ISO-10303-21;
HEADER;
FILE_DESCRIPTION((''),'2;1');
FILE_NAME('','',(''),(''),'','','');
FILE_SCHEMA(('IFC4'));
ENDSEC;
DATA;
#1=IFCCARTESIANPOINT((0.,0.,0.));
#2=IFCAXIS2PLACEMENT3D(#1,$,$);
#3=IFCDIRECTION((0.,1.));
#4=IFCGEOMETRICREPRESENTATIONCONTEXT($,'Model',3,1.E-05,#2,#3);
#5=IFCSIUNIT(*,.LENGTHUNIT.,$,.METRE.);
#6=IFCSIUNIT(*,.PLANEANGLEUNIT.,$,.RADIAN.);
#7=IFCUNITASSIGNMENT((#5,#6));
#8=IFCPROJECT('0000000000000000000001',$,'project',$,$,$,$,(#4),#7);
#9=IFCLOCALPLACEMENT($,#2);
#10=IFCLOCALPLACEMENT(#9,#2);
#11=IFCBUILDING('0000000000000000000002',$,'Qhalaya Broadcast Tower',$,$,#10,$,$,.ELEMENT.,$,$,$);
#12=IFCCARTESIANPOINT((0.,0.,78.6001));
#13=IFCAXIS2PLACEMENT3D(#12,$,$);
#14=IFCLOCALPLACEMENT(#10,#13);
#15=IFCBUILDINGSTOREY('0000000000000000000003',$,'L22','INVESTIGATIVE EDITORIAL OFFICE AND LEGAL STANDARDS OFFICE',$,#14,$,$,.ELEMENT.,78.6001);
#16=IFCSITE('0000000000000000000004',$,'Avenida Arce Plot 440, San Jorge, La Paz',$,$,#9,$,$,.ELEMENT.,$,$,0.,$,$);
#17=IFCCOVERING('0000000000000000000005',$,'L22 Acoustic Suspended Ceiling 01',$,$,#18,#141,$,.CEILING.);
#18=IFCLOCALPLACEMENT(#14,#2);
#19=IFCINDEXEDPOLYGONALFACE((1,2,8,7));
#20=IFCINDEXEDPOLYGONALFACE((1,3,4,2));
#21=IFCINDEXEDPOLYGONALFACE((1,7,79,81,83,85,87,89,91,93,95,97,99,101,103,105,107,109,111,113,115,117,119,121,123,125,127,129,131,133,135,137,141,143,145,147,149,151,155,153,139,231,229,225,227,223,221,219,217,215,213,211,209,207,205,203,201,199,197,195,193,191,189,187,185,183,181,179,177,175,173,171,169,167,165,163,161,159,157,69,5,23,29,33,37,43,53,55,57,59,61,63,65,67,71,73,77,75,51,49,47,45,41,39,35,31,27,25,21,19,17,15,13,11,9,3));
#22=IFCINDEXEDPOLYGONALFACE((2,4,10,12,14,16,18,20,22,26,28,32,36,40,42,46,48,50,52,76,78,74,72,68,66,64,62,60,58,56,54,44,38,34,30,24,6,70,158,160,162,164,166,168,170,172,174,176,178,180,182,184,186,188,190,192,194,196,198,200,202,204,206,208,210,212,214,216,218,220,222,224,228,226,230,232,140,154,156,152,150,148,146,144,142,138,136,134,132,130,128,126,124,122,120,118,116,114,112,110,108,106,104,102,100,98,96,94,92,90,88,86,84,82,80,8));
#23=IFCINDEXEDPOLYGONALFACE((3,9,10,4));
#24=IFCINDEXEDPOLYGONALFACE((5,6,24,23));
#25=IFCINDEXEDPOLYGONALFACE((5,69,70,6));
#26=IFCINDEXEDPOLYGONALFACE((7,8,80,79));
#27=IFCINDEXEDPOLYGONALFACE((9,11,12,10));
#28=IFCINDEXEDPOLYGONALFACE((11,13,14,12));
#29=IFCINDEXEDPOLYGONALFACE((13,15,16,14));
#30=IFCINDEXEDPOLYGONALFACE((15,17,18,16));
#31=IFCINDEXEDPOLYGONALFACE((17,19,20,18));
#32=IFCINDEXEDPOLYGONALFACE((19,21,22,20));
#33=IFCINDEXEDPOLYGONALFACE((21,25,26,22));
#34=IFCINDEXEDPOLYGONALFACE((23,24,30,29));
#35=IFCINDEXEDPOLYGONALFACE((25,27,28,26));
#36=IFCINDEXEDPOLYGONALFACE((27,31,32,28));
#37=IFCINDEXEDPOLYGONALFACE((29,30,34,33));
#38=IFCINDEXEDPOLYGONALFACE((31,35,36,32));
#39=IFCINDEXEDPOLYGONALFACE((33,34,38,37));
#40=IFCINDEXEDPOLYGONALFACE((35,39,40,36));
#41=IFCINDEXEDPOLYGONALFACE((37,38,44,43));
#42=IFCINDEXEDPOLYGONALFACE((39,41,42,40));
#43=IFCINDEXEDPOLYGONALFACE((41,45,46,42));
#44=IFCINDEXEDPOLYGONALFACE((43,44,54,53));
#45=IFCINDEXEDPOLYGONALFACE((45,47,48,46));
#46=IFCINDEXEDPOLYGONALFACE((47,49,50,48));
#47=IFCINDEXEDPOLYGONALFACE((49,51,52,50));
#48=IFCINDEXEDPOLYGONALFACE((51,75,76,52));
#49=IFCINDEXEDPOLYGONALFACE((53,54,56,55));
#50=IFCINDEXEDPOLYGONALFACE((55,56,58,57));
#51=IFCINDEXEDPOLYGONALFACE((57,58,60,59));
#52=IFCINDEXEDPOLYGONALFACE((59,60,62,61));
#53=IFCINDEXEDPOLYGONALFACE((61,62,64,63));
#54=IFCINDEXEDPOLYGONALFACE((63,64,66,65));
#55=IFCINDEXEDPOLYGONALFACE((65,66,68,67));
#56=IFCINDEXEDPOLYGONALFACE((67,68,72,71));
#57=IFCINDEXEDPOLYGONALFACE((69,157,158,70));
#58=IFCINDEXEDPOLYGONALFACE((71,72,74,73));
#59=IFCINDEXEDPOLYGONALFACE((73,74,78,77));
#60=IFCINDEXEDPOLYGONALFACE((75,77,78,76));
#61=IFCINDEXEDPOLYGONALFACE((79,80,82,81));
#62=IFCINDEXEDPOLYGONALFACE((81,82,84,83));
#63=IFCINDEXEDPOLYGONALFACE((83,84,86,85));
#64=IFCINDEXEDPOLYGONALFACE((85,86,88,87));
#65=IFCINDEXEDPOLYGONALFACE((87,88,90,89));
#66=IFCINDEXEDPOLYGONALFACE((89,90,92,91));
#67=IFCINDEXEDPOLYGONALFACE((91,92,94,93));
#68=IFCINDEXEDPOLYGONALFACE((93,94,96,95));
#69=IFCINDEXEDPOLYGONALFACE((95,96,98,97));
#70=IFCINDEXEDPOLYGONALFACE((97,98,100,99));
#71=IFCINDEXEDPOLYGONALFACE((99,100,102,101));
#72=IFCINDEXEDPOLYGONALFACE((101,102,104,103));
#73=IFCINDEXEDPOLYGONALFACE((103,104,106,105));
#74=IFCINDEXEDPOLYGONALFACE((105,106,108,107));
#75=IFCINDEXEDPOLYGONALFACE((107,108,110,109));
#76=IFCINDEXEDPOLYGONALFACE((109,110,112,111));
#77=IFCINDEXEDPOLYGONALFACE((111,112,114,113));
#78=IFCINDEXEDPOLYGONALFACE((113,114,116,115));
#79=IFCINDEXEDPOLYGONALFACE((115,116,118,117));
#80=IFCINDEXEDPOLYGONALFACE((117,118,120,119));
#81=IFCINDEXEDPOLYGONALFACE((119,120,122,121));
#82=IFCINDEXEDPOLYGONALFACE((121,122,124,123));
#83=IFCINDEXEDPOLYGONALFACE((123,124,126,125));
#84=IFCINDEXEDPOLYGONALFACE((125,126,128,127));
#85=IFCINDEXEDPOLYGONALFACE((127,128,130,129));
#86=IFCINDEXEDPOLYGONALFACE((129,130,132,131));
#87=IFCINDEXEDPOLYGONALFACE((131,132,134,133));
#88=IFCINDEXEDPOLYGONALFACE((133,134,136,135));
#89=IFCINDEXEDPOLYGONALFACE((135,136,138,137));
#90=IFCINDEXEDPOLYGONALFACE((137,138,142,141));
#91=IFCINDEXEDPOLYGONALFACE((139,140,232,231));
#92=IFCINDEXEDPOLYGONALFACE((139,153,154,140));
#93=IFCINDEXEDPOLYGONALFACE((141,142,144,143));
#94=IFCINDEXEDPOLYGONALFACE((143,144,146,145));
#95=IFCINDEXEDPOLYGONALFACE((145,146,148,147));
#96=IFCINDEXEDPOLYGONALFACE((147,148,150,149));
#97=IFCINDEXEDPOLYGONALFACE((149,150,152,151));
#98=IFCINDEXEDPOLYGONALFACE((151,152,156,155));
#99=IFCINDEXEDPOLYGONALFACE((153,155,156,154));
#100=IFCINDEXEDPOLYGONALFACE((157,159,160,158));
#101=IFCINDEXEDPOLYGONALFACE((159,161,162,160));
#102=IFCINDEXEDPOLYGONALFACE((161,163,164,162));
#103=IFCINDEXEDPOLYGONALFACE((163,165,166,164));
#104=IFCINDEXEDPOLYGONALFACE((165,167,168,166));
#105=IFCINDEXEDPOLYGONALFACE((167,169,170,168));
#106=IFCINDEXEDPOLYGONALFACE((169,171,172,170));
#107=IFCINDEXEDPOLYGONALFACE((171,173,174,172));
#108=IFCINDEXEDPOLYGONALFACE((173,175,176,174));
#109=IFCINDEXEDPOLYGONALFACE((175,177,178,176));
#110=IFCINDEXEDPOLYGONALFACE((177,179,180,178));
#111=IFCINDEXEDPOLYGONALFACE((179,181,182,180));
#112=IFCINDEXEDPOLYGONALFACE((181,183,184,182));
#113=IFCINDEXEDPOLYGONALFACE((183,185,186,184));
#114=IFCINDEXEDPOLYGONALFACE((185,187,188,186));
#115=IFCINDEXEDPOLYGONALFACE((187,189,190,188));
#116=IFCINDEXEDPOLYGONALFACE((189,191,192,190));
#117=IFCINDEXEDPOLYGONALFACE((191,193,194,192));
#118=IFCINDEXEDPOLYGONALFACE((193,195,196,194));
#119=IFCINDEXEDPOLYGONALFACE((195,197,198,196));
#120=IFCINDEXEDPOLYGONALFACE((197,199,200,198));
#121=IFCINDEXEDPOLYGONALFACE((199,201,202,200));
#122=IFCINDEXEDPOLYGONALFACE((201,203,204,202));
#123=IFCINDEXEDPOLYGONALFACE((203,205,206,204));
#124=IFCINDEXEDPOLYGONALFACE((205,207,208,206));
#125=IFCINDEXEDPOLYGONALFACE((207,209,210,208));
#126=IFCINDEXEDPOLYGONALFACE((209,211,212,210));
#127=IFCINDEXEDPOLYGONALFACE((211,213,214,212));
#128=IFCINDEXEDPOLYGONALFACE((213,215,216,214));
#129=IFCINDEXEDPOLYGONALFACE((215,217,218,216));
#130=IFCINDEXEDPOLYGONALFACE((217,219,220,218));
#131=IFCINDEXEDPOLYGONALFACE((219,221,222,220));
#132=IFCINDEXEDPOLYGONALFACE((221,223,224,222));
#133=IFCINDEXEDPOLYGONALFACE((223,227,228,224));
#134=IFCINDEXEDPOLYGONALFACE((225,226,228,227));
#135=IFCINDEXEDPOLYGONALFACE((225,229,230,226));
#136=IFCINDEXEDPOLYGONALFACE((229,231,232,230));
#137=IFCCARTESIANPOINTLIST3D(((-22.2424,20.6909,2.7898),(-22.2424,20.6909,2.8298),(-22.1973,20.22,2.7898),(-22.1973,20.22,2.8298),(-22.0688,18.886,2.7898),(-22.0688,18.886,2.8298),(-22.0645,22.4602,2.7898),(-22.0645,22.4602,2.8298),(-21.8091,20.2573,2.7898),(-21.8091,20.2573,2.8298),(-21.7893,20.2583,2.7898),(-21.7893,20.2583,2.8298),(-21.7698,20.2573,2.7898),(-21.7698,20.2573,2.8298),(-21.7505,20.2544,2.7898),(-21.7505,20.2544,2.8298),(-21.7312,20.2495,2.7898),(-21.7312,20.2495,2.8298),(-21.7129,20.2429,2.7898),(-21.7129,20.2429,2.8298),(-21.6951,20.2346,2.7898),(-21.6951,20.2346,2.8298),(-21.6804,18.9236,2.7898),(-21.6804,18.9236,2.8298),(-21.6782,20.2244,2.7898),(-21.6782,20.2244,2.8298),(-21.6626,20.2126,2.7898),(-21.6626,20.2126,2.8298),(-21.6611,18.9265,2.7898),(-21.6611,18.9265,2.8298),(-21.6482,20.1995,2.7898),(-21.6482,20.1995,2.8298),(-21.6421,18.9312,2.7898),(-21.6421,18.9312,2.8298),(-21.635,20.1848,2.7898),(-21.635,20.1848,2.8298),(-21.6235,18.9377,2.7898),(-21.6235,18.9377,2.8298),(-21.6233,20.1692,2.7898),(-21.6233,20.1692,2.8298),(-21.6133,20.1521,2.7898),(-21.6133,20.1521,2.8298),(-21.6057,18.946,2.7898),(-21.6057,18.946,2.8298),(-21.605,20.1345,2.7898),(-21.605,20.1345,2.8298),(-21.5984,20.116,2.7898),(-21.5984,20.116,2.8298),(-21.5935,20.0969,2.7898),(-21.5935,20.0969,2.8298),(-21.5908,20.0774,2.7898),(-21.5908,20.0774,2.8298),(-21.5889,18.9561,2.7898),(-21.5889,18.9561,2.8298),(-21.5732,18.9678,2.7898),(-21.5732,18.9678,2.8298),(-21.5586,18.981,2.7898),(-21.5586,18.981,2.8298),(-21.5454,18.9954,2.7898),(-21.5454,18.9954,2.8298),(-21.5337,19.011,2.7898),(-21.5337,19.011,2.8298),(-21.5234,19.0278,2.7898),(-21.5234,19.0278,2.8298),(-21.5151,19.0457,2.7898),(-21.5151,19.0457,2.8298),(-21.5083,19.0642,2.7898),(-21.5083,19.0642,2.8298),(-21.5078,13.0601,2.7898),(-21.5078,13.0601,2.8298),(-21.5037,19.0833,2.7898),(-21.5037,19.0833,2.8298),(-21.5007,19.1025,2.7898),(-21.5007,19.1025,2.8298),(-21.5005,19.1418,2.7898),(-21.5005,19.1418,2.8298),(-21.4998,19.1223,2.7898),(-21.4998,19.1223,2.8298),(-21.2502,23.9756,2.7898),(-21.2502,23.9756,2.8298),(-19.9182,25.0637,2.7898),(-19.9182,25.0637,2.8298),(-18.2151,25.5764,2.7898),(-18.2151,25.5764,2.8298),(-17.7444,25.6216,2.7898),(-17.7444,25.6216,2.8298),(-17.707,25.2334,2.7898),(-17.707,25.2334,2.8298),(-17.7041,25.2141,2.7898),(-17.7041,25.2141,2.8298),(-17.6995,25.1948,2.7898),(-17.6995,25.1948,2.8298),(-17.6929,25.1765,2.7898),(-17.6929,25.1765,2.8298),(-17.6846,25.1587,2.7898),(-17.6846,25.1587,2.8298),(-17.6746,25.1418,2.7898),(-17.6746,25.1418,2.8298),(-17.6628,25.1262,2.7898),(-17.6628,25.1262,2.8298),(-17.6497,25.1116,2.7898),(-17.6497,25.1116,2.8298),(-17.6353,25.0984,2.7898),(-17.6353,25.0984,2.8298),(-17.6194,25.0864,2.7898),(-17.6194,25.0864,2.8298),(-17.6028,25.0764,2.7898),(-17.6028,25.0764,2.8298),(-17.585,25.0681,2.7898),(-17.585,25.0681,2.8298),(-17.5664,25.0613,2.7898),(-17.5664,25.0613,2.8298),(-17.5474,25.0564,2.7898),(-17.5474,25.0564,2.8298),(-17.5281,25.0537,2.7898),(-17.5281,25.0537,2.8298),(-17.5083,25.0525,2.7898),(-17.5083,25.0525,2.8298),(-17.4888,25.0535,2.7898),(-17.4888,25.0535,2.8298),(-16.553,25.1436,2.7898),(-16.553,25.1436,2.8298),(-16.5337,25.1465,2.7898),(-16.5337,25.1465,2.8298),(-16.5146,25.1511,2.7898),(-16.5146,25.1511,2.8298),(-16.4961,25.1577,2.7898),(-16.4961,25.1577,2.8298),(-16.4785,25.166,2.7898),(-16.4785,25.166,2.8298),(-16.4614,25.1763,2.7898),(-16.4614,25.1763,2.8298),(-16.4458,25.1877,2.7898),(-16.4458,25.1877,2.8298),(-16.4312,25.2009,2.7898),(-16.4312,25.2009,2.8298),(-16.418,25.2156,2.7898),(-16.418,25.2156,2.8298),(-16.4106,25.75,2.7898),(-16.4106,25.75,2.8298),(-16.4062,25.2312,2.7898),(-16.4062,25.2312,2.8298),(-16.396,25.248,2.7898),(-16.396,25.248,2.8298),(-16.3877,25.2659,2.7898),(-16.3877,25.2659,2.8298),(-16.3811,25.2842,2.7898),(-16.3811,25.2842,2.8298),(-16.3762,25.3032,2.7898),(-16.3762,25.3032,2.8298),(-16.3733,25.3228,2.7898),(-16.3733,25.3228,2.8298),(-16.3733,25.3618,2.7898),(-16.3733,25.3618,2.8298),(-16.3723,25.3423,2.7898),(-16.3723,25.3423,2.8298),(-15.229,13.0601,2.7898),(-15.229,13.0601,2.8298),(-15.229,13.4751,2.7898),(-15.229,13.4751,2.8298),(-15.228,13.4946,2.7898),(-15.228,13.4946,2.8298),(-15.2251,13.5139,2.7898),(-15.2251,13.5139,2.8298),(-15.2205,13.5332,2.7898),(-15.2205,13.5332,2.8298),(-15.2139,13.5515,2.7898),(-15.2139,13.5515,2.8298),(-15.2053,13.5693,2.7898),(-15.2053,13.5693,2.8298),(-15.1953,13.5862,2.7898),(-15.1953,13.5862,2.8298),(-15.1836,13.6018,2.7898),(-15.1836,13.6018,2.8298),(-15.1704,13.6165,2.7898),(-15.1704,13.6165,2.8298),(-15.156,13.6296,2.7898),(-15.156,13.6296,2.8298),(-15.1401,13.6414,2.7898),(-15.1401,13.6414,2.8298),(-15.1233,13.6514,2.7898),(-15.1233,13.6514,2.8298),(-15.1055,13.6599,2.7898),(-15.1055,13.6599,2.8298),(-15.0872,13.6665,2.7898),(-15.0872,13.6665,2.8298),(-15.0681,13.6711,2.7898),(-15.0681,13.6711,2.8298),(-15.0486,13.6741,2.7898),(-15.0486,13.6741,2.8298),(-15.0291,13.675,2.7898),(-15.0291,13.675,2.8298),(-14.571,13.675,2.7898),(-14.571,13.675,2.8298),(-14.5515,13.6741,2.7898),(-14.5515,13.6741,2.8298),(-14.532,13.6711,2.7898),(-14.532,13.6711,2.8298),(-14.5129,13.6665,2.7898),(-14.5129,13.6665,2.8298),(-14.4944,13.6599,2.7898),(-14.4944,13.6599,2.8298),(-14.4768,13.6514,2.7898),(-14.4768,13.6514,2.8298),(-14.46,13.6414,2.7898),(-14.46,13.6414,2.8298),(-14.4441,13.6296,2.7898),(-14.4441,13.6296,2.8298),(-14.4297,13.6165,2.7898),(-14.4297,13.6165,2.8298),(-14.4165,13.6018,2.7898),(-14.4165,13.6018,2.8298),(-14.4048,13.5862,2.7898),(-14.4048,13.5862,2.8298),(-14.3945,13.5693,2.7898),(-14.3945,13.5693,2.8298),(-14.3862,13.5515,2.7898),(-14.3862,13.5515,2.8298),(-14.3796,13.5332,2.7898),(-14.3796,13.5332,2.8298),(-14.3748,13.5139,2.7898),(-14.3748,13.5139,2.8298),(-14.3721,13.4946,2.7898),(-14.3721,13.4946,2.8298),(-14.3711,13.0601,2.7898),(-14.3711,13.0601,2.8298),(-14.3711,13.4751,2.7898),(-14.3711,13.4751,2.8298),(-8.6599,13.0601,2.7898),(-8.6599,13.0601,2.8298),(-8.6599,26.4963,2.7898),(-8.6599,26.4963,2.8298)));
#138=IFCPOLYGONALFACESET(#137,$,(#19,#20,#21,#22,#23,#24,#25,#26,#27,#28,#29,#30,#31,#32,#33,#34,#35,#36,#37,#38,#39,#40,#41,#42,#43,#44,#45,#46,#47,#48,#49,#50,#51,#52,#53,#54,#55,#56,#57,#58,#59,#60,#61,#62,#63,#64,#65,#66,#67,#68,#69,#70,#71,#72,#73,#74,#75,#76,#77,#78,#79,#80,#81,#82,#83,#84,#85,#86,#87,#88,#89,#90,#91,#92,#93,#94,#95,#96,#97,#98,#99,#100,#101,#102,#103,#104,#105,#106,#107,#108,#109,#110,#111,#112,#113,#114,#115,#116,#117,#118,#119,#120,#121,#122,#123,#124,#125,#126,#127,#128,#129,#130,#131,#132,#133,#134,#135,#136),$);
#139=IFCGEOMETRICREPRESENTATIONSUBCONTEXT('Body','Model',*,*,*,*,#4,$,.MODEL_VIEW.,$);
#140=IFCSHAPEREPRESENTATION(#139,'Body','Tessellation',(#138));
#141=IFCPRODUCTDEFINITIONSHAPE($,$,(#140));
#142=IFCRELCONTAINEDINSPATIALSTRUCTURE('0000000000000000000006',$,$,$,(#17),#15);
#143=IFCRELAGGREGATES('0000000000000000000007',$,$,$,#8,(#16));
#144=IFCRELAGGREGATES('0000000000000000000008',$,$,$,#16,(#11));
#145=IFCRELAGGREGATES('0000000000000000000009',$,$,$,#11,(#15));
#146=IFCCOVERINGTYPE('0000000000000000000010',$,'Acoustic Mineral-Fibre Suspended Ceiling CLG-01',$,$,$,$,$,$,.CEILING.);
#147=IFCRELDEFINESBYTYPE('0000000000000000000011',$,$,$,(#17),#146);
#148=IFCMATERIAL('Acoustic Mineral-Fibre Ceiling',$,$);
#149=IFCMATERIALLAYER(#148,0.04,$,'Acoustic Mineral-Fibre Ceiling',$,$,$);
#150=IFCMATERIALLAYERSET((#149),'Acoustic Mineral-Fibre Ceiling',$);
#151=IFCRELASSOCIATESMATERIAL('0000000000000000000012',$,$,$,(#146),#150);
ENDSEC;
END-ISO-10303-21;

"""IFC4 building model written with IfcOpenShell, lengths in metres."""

from ifc_helpers import new_model, si_unit, direction, frame, origin, place, context, subcontext, project, spatial, polyline, outline, extrude, material, layer, layer_set, type_object, element, save


model = new_model("IFC4")

# Units and contexts
model_context = context("Model", 3, precision=1e-05, world=origin(), true_north=direction((0.0, 1.0)))
body_context = subcontext(model_context, "Body", "Model", "MODEL_VIEW")
ifc_project = project(units=[si_unit("LENGTHUNIT", "METRE"), si_unit("PLANEANGLEUNIT", "RADIAN")], contexts=[model_context])

# Site, building, storey
site_placement = place(None, origin())
site = spatial("IfcSite", under=ifc_project, at=site_placement, Name="Avenida Arce Plot 440, San Jorge, La Paz", CompositionType="ELEMENT", RefElevation=0.0)
building_placement = place(site_placement, origin())
building = spatial("IfcBuilding", under=site, at=building_placement, Name="Qhalaya Broadcast Tower", CompositionType="ELEMENT")
storey_placement = place(building_placement, frame((0.0, 0.0, 78.6001)))
storey = spatial("IfcBuildingStorey", under=building, at=storey_placement, Name="L22", Description="INVESTIGATIVE EDITORIAL OFFICE AND LEGAL STANDARDS OFFICE", CompositionType="ELEMENT", Elevation=78.6001)

# Covering
ifc_material_1 = material(Name="Acoustic Mineral-Fibre Ceiling")
ifc_layer_1 = layer(ifc_material_1, 0.04, Name="Acoustic Mineral-Fibre Ceiling")
ifc_layer_set_1 = layer_set([ifc_layer_1], Name="Acoustic Mineral-Fibre Ceiling")
covering_type = type_object("IfcCoveringType", Name="Acoustic Mineral-Fibre Suspended Ceiling CLG-01", PredefinedType="CEILING", material=ifc_layer_set_1)
covering_1_placement = place(storey_placement, frame((0.0, 0.0, 2.7898)))
element("IfcCovering", 1, at=covering_1_placement, inside=storey, type_object=covering_type, Name="L22 Acoustic Suspended Ceiling 01", PredefinedType="CEILING", context=body_context, shape_type="SweptSolid", body=[
    extrude(outline(polyline([(-22.0688, 18.886), (-21.5078, 13.0601), (-15.229, 13.0601), (-15.229, 13.4751), (-15.228, 13.4946), (-15.2251, 13.5139), (-15.2205, 13.5332), (-15.2139, 13.5515), (-15.2053, 13.5693), (-15.1953, 13.5862), (-15.1836, 13.6018), (-15.1704, 13.6165), (-15.156, 13.6296), (-15.1401, 13.6414), (-15.1233, 13.6514), (-15.1055, 13.6599), (-15.0872, 13.6665), (-15.0681, 13.6711), (-15.0486, 13.6741), (-15.0291, 13.675), (-14.571, 13.675), (-14.5515, 13.6741), (-14.532, 13.6711), (-14.5129, 13.6665), (-14.4944, 13.6599), (-14.4768, 13.6514), (-14.46, 13.6414), (-14.4441, 13.6296), (-14.4297, 13.6165), (-14.4165, 13.6018), (-14.4048, 13.5862), (-14.3945, 13.5693), (-14.3862, 13.5515), (-14.3796, 13.5332), (-14.3748, 13.5139), (-14.3721, 13.4946), (-14.3711, 13.4751), (-14.3711, 13.0601), (-8.6599, 13.0601), (-8.6599, 26.4963), (-16.4106, 25.75), (-16.3733, 25.3618), (-16.3723, 25.3423), (-16.3733, 25.3228), (-16.3762, 25.3032), (-16.3811, 25.2842), (-16.3877, 25.2659), (-16.396, 25.248), (-16.4062, 25.2312), (-16.418, 25.2156), (-16.4312, 25.2009), (-16.4458, 25.1877), (-16.4614, 25.1763), (-16.4785, 25.166), (-16.4961, 25.1577), (-16.5146, 25.1511), (-16.5337, 25.1465), (-16.553, 25.1436), (-17.4888, 25.0535), (-17.5083, 25.0525), (-17.5281, 25.0537), (-17.5474, 25.0564), (-17.5664, 25.0613), (-17.585, 25.0681), (-17.6028, 25.0764), (-17.6194, 25.0864), (-17.6353, 25.0984), (-17.6497, 25.1116), (-17.6628, 25.1262), (-17.6746, 25.1418), (-17.6846, 25.1587), (-17.6929, 25.1765), (-17.6995, 25.1948), (-17.7041, 25.2141), (-17.707, 25.2334), (-17.7444, 25.6216), (-18.2151, 25.5764), (-19.9182, 25.0637), (-21.2502, 23.9756), (-22.0645, 22.4602), (-22.2424, 20.6909), (-22.1973, 20.22), (-21.8091, 20.2573), (-21.7893, 20.2583), (-21.7698, 20.2573), (-21.7505, 20.2544), (-21.7312, 20.2495), (-21.7129, 20.2429), (-21.6951, 20.2346), (-21.6782, 20.2244), (-21.6626, 20.2126), (-21.6482, 20.1995), (-21.635, 20.1848), (-21.6233, 20.1692), (-21.6133, 20.1521), (-21.605, 20.1345), (-21.5984, 20.116), (-21.5935, 20.0969), (-21.5908, 20.0774), (-21.5005, 19.1418), (-21.4998, 19.1223), (-21.5007, 19.1025), (-21.5037, 19.0833), (-21.5083, 19.0642), (-21.5151, 19.0457), (-21.5234, 19.0278), (-21.5337, 19.011), (-21.5454, 18.9954), (-21.5586, 18.981), (-21.5732, 18.9678), (-21.5889, 18.9561), (-21.6057, 18.946), (-21.6235, 18.9377), (-21.6421, 18.9312), (-21.6611, 18.9265), (-21.6804, 18.9236), (-22.0688, 18.886)])), origin(), (0.0, 0.0, 1.0), 0.04),
])

save(model, "model.ifc")
